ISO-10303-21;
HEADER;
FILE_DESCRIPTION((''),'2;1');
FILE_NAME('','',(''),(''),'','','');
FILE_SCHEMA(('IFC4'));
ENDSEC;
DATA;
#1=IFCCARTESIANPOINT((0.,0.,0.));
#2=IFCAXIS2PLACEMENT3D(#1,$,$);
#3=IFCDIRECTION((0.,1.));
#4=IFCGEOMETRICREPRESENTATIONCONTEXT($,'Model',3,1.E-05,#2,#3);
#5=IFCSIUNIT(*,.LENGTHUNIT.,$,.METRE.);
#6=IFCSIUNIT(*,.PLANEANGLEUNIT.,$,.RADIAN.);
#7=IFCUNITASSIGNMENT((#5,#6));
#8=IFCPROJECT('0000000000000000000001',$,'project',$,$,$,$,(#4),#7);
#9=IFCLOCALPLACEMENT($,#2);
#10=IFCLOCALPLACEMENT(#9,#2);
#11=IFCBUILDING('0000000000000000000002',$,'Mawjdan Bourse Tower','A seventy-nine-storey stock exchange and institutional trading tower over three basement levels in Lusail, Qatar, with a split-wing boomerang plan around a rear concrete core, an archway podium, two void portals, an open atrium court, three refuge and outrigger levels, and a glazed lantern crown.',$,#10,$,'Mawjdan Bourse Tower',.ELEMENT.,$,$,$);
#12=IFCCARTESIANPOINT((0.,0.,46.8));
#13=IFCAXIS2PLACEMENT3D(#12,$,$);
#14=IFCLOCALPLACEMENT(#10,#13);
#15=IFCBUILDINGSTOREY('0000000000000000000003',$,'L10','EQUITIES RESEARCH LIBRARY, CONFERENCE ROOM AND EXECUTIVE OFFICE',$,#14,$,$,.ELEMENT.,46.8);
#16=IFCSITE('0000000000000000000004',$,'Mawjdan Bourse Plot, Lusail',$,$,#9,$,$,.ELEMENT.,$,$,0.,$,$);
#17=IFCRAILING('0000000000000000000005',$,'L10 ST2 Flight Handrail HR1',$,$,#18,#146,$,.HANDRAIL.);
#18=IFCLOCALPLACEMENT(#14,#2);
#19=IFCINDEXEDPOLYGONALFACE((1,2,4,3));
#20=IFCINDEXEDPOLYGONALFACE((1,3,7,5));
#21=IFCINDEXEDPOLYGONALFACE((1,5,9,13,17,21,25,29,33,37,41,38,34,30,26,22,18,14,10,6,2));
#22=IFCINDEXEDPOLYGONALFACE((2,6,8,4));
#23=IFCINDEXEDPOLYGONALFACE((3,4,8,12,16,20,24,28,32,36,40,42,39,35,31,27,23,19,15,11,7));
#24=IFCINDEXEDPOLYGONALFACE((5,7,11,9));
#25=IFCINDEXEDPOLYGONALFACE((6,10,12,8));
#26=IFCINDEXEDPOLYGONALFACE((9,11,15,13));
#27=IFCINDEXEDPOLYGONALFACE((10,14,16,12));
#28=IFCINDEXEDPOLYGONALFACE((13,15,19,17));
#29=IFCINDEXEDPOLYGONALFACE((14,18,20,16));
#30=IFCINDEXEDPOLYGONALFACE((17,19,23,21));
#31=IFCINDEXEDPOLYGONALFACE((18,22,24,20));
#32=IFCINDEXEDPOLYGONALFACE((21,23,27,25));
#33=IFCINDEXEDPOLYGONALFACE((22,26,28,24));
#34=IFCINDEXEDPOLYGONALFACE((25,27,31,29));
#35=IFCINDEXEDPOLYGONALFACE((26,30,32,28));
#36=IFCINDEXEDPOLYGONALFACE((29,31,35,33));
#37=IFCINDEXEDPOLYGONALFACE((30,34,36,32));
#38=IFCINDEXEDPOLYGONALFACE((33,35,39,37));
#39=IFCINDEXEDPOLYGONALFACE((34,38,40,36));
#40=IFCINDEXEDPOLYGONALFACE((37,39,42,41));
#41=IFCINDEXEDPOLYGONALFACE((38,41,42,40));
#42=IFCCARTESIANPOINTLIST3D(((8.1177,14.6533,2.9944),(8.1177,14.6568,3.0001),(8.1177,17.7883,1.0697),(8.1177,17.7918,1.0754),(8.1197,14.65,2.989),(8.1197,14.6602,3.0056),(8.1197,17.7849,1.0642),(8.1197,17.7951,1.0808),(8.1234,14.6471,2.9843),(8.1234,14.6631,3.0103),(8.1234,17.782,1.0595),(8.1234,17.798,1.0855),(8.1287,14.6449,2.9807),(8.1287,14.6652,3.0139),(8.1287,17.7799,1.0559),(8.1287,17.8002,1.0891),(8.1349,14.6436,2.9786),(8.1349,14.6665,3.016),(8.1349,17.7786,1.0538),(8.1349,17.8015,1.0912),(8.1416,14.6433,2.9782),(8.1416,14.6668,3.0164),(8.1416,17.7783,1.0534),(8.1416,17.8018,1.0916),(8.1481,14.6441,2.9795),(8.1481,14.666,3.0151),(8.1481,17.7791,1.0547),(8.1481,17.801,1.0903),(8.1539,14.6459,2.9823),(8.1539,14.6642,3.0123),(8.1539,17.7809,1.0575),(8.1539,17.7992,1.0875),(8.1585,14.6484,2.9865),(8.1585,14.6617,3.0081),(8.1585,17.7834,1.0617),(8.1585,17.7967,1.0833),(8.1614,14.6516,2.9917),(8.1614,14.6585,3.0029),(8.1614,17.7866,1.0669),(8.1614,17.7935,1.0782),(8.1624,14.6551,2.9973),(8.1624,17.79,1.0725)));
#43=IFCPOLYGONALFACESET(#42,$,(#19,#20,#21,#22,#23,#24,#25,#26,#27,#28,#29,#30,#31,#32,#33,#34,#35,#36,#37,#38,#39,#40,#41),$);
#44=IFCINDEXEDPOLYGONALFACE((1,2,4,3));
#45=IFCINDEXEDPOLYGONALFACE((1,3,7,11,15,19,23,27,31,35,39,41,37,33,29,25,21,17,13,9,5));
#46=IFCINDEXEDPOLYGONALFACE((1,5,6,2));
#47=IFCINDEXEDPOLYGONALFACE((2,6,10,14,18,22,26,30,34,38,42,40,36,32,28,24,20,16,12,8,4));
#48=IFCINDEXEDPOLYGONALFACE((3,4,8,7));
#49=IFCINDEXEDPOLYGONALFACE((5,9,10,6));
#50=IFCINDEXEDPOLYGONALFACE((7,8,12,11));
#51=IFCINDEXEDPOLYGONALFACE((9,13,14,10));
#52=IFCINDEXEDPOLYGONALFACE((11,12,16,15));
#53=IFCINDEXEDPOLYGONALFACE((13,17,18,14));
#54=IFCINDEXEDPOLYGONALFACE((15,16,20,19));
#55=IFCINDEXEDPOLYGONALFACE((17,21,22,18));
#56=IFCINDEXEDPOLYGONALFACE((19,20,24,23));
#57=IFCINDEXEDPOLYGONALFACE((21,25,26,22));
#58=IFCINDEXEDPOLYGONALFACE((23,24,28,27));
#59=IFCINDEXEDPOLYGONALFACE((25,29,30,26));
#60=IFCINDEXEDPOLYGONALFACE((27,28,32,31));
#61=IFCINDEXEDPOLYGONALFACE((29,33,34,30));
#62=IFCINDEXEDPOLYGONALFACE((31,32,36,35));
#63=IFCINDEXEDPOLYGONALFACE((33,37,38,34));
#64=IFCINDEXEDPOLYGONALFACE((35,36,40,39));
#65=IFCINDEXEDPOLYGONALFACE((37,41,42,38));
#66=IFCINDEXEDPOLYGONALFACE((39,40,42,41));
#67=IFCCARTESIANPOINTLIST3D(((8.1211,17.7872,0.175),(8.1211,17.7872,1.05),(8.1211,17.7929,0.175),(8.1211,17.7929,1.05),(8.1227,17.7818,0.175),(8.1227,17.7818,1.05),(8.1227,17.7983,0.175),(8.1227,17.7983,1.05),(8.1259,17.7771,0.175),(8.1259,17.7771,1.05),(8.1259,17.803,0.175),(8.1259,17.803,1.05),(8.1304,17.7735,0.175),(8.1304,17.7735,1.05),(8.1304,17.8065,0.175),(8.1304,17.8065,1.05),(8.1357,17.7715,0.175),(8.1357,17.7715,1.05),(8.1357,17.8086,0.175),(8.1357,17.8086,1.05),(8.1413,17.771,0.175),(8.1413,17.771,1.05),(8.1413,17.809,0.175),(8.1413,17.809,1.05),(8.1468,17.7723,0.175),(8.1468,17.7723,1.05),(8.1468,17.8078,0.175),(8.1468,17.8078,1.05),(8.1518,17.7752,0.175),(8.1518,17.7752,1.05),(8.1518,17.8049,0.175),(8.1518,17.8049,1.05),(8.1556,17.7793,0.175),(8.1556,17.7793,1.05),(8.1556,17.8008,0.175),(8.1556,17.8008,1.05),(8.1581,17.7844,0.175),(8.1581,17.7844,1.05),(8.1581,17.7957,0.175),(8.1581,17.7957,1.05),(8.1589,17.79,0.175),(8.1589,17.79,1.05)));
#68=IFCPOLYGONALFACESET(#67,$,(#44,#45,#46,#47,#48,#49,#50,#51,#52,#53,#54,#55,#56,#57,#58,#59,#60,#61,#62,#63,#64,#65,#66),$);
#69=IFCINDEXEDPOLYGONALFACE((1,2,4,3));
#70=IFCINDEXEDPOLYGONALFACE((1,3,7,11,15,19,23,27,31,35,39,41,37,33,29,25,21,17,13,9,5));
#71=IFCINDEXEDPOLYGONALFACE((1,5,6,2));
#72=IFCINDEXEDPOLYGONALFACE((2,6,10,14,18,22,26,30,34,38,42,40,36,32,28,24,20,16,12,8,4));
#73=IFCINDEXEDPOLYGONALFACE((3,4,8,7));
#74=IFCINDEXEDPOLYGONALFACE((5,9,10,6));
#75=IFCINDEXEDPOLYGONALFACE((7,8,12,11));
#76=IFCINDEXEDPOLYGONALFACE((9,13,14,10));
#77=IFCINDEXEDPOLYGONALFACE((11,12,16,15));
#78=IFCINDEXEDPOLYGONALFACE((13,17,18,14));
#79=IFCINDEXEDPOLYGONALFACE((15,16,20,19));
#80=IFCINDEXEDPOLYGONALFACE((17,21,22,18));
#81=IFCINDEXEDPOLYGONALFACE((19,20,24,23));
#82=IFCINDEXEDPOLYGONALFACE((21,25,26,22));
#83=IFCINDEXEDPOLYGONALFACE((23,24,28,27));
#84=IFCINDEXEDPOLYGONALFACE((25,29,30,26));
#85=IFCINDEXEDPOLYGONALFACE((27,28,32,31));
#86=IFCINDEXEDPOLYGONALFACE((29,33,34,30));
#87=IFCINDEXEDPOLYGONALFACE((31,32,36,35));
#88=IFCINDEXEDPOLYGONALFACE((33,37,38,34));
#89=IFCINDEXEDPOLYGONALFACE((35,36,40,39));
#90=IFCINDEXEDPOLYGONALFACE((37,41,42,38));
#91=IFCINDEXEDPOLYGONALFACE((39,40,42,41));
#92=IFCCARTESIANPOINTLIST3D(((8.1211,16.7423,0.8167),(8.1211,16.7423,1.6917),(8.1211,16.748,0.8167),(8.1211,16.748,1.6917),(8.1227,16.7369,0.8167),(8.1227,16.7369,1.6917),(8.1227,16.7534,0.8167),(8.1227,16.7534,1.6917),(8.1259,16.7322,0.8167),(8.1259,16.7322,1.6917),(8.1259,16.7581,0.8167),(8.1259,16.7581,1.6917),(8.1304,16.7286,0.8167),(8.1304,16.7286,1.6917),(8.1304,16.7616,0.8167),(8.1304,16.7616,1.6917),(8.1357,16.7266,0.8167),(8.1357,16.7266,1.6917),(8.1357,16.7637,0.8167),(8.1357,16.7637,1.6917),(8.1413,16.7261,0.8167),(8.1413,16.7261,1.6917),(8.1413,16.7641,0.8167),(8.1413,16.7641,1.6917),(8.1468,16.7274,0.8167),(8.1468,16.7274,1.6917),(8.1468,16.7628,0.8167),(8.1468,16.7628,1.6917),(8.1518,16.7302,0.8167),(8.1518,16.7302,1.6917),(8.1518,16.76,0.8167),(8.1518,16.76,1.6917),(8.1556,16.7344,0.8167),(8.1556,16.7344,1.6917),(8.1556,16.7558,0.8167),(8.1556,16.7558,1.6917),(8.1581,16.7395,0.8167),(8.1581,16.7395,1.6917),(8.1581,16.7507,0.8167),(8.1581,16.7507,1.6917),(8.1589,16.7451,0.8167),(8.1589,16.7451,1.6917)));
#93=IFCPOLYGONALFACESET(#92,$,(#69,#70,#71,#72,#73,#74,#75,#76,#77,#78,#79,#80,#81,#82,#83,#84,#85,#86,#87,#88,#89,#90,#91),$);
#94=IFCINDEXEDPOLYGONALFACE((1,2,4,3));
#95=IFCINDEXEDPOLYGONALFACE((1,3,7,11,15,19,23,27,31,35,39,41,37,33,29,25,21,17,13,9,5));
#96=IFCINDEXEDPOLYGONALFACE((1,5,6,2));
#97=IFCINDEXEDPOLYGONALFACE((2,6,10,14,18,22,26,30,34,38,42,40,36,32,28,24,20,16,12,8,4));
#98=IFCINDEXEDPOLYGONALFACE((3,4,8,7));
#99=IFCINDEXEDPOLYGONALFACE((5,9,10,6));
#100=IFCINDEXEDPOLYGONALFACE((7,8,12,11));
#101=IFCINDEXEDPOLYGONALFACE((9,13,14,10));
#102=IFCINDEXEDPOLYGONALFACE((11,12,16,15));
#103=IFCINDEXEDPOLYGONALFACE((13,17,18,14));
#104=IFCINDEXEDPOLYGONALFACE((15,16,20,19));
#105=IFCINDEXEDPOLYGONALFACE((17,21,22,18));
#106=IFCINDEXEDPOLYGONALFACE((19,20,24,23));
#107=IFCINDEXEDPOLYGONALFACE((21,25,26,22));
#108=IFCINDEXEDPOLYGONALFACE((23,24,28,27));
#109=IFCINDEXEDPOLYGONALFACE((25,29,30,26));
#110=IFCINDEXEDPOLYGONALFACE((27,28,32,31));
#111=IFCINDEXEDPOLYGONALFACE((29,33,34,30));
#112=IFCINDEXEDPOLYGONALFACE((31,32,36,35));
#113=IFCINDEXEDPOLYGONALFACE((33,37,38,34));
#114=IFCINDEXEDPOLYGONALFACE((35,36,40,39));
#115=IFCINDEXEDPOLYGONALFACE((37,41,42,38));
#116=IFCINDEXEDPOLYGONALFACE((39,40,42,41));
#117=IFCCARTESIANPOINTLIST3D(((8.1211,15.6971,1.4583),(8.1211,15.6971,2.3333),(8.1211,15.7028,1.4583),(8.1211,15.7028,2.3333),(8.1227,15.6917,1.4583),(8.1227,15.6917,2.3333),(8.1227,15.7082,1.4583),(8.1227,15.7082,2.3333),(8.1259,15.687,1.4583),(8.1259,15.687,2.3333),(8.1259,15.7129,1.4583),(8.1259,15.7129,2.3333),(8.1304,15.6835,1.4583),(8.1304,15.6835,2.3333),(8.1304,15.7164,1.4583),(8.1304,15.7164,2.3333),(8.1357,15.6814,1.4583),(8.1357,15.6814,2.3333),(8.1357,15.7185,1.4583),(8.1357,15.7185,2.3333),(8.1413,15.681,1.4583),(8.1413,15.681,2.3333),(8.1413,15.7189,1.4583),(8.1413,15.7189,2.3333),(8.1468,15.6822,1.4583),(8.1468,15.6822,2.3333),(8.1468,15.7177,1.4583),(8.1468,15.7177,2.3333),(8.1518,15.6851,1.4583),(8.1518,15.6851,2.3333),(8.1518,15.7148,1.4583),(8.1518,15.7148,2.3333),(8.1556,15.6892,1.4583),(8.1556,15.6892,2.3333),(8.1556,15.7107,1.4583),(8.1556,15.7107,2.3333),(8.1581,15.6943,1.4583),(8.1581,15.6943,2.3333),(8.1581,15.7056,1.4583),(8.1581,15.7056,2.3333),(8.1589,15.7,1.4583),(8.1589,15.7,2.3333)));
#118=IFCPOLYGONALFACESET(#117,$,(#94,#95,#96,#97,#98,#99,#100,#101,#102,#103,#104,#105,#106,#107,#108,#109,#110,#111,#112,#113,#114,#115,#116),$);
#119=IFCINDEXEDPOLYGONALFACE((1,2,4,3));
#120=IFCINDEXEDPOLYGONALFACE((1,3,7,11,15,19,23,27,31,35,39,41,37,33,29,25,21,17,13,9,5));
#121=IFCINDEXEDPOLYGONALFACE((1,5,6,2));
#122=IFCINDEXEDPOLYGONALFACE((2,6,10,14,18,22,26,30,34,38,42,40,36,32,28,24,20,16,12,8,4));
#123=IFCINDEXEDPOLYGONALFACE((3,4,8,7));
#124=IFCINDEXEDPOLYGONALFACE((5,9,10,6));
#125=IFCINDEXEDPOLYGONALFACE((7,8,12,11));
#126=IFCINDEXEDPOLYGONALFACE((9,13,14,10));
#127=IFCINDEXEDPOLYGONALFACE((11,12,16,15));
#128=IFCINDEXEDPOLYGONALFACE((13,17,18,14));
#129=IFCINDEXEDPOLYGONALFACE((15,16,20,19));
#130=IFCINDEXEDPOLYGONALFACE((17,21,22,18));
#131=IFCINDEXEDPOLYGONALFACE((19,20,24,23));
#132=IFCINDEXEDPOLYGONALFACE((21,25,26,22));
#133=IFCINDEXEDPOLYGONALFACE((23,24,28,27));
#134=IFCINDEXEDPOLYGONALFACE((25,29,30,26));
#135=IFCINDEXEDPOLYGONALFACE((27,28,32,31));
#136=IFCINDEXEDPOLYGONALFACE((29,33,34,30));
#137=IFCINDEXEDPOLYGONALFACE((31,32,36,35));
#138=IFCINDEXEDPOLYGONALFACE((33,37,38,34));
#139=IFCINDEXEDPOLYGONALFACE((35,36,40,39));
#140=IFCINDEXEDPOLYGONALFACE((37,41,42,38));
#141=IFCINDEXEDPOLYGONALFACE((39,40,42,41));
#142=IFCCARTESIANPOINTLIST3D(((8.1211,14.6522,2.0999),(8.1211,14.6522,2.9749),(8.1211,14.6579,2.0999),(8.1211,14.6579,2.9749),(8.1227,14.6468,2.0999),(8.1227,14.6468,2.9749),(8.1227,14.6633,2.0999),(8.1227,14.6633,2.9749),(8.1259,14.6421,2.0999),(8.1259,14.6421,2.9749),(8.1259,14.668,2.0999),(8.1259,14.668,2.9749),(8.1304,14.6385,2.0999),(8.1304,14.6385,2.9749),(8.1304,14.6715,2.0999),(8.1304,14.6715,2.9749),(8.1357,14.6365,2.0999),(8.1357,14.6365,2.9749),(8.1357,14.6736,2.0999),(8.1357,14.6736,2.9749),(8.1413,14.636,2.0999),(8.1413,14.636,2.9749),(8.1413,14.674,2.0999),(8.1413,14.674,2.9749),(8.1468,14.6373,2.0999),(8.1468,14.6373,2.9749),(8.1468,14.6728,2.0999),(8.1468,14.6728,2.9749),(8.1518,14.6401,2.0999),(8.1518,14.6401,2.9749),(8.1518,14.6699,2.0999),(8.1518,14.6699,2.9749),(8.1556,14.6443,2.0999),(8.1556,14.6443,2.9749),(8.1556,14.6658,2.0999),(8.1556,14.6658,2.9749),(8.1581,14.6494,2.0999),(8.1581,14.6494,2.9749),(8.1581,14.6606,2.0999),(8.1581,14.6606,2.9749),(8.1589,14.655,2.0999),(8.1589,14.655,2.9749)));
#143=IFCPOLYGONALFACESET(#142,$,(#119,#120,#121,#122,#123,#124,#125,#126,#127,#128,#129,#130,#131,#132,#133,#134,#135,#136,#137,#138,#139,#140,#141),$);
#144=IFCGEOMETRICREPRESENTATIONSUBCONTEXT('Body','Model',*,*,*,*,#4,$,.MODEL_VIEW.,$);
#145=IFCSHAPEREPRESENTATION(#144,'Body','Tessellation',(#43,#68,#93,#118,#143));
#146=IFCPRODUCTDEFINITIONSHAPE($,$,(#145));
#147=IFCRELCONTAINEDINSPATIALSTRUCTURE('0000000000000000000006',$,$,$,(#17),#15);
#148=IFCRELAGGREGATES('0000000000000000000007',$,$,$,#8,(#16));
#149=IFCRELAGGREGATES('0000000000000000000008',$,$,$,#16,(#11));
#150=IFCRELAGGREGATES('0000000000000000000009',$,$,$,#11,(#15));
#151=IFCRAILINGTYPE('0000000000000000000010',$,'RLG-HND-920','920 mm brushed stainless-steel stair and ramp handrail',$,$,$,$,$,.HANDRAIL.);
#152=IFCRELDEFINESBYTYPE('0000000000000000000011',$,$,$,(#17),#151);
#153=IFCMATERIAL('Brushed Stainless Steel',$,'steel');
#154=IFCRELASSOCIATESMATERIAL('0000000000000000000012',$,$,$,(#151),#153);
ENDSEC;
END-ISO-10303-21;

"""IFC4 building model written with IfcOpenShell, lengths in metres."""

from ifc_helpers import new_model, si_unit, direction, frame, origin, origin_2d, place, context, subcontext, project, spatial, circle, extrude, material, type_object, element, save


model = new_model("IFC4")

# Units and contexts
model_context = context("Model", 3, precision=1e-05, world=origin(), true_north=direction((0.0, 1.0)))
body_context = subcontext(model_context, "Body", "Model", "MODEL_VIEW")
ifc_project = project(units=[si_unit("LENGTHUNIT", "METRE"), si_unit("PLANEANGLEUNIT", "RADIAN")], contexts=[model_context])

# Site, building, storey
site_placement = place(None, origin())
site = spatial("IfcSite", under=ifc_project, at=site_placement, Name="Mawjdan Bourse Plot, Lusail", CompositionType="ELEMENT", RefElevation=0.0)
building_placement = place(site_placement, origin())
building = spatial("IfcBuilding", under=site, at=building_placement, Name="Mawjdan Bourse Tower", Description="A seventy-nine-storey stock exchange and institutional trading tower over three basement levels in Lusail, Qatar, with a split-wing boomerang plan around a rear concrete core, an archway podium, two void portals, an open atrium court, three refuge and outrigger levels, and a glazed lantern crown.", LongName="Mawjdan Bourse Tower", CompositionType="ELEMENT")
storey_placement = place(building_placement, frame((0.0, 0.0, 46.8)))
storey = spatial("IfcBuildingStorey", under=building, at=storey_placement, Name="L10", Description="EQUITIES RESEARCH LIBRARY, CONFERENCE ROOM AND EXECUTIVE OFFICE", CompositionType="ELEMENT", Elevation=46.8)

# Shared definitions
ifc_material_1 = material(Name="Brushed Stainless Steel", Category="steel")

# Railing
railing_type_1 = type_object("IfcRailingType", Name="RLG-HND-920", Description="920 mm brushed stainless-steel stair and ramp handrail", PredefinedType="HANDRAIL", material=ifc_material_1)
railing_1_placement = place(storey_placement, frame((8.1399, 17.79, 0.175)))
element("IfcRailing", 1, at=railing_1_placement, inside=storey, type_object=railing_type_1, Name="L10 ST2 Flight Handrail HR1", PredefinedType="HANDRAIL", context=body_context, shape_type="SweptSolid", body=[
    extrude(circle(Radius=0.0225, at=origin_2d()), frame((0.0, 0.0, 0.8975), z_axis=(0.0, -0.852196, 0.523223), x_axis=(1.0, 0.0, 0.0)), (0.0, 0.0, 1.0), 3.6787),
    extrude(circle(Radius=0.019, at=origin_2d()), origin(), (0.0, 0.0, 1.0), 0.875),
    extrude(circle(Radius=0.019, at=origin_2d()), frame((0.0, -1.0449, 0.6416)), (0.0, 0.0, 1.0), 0.875),
    extrude(circle(Radius=0.019, at=origin_2d()), frame((0.0, -2.0901, 1.2832)), (0.0, 0.0, 1.0), 0.875),
    extrude(circle(Radius=0.019, at=origin_2d()), frame((0.0, -3.135, 1.9248)), (0.0, 0.0, 1.0), 0.875),
])

save(model, "model.ifc")
